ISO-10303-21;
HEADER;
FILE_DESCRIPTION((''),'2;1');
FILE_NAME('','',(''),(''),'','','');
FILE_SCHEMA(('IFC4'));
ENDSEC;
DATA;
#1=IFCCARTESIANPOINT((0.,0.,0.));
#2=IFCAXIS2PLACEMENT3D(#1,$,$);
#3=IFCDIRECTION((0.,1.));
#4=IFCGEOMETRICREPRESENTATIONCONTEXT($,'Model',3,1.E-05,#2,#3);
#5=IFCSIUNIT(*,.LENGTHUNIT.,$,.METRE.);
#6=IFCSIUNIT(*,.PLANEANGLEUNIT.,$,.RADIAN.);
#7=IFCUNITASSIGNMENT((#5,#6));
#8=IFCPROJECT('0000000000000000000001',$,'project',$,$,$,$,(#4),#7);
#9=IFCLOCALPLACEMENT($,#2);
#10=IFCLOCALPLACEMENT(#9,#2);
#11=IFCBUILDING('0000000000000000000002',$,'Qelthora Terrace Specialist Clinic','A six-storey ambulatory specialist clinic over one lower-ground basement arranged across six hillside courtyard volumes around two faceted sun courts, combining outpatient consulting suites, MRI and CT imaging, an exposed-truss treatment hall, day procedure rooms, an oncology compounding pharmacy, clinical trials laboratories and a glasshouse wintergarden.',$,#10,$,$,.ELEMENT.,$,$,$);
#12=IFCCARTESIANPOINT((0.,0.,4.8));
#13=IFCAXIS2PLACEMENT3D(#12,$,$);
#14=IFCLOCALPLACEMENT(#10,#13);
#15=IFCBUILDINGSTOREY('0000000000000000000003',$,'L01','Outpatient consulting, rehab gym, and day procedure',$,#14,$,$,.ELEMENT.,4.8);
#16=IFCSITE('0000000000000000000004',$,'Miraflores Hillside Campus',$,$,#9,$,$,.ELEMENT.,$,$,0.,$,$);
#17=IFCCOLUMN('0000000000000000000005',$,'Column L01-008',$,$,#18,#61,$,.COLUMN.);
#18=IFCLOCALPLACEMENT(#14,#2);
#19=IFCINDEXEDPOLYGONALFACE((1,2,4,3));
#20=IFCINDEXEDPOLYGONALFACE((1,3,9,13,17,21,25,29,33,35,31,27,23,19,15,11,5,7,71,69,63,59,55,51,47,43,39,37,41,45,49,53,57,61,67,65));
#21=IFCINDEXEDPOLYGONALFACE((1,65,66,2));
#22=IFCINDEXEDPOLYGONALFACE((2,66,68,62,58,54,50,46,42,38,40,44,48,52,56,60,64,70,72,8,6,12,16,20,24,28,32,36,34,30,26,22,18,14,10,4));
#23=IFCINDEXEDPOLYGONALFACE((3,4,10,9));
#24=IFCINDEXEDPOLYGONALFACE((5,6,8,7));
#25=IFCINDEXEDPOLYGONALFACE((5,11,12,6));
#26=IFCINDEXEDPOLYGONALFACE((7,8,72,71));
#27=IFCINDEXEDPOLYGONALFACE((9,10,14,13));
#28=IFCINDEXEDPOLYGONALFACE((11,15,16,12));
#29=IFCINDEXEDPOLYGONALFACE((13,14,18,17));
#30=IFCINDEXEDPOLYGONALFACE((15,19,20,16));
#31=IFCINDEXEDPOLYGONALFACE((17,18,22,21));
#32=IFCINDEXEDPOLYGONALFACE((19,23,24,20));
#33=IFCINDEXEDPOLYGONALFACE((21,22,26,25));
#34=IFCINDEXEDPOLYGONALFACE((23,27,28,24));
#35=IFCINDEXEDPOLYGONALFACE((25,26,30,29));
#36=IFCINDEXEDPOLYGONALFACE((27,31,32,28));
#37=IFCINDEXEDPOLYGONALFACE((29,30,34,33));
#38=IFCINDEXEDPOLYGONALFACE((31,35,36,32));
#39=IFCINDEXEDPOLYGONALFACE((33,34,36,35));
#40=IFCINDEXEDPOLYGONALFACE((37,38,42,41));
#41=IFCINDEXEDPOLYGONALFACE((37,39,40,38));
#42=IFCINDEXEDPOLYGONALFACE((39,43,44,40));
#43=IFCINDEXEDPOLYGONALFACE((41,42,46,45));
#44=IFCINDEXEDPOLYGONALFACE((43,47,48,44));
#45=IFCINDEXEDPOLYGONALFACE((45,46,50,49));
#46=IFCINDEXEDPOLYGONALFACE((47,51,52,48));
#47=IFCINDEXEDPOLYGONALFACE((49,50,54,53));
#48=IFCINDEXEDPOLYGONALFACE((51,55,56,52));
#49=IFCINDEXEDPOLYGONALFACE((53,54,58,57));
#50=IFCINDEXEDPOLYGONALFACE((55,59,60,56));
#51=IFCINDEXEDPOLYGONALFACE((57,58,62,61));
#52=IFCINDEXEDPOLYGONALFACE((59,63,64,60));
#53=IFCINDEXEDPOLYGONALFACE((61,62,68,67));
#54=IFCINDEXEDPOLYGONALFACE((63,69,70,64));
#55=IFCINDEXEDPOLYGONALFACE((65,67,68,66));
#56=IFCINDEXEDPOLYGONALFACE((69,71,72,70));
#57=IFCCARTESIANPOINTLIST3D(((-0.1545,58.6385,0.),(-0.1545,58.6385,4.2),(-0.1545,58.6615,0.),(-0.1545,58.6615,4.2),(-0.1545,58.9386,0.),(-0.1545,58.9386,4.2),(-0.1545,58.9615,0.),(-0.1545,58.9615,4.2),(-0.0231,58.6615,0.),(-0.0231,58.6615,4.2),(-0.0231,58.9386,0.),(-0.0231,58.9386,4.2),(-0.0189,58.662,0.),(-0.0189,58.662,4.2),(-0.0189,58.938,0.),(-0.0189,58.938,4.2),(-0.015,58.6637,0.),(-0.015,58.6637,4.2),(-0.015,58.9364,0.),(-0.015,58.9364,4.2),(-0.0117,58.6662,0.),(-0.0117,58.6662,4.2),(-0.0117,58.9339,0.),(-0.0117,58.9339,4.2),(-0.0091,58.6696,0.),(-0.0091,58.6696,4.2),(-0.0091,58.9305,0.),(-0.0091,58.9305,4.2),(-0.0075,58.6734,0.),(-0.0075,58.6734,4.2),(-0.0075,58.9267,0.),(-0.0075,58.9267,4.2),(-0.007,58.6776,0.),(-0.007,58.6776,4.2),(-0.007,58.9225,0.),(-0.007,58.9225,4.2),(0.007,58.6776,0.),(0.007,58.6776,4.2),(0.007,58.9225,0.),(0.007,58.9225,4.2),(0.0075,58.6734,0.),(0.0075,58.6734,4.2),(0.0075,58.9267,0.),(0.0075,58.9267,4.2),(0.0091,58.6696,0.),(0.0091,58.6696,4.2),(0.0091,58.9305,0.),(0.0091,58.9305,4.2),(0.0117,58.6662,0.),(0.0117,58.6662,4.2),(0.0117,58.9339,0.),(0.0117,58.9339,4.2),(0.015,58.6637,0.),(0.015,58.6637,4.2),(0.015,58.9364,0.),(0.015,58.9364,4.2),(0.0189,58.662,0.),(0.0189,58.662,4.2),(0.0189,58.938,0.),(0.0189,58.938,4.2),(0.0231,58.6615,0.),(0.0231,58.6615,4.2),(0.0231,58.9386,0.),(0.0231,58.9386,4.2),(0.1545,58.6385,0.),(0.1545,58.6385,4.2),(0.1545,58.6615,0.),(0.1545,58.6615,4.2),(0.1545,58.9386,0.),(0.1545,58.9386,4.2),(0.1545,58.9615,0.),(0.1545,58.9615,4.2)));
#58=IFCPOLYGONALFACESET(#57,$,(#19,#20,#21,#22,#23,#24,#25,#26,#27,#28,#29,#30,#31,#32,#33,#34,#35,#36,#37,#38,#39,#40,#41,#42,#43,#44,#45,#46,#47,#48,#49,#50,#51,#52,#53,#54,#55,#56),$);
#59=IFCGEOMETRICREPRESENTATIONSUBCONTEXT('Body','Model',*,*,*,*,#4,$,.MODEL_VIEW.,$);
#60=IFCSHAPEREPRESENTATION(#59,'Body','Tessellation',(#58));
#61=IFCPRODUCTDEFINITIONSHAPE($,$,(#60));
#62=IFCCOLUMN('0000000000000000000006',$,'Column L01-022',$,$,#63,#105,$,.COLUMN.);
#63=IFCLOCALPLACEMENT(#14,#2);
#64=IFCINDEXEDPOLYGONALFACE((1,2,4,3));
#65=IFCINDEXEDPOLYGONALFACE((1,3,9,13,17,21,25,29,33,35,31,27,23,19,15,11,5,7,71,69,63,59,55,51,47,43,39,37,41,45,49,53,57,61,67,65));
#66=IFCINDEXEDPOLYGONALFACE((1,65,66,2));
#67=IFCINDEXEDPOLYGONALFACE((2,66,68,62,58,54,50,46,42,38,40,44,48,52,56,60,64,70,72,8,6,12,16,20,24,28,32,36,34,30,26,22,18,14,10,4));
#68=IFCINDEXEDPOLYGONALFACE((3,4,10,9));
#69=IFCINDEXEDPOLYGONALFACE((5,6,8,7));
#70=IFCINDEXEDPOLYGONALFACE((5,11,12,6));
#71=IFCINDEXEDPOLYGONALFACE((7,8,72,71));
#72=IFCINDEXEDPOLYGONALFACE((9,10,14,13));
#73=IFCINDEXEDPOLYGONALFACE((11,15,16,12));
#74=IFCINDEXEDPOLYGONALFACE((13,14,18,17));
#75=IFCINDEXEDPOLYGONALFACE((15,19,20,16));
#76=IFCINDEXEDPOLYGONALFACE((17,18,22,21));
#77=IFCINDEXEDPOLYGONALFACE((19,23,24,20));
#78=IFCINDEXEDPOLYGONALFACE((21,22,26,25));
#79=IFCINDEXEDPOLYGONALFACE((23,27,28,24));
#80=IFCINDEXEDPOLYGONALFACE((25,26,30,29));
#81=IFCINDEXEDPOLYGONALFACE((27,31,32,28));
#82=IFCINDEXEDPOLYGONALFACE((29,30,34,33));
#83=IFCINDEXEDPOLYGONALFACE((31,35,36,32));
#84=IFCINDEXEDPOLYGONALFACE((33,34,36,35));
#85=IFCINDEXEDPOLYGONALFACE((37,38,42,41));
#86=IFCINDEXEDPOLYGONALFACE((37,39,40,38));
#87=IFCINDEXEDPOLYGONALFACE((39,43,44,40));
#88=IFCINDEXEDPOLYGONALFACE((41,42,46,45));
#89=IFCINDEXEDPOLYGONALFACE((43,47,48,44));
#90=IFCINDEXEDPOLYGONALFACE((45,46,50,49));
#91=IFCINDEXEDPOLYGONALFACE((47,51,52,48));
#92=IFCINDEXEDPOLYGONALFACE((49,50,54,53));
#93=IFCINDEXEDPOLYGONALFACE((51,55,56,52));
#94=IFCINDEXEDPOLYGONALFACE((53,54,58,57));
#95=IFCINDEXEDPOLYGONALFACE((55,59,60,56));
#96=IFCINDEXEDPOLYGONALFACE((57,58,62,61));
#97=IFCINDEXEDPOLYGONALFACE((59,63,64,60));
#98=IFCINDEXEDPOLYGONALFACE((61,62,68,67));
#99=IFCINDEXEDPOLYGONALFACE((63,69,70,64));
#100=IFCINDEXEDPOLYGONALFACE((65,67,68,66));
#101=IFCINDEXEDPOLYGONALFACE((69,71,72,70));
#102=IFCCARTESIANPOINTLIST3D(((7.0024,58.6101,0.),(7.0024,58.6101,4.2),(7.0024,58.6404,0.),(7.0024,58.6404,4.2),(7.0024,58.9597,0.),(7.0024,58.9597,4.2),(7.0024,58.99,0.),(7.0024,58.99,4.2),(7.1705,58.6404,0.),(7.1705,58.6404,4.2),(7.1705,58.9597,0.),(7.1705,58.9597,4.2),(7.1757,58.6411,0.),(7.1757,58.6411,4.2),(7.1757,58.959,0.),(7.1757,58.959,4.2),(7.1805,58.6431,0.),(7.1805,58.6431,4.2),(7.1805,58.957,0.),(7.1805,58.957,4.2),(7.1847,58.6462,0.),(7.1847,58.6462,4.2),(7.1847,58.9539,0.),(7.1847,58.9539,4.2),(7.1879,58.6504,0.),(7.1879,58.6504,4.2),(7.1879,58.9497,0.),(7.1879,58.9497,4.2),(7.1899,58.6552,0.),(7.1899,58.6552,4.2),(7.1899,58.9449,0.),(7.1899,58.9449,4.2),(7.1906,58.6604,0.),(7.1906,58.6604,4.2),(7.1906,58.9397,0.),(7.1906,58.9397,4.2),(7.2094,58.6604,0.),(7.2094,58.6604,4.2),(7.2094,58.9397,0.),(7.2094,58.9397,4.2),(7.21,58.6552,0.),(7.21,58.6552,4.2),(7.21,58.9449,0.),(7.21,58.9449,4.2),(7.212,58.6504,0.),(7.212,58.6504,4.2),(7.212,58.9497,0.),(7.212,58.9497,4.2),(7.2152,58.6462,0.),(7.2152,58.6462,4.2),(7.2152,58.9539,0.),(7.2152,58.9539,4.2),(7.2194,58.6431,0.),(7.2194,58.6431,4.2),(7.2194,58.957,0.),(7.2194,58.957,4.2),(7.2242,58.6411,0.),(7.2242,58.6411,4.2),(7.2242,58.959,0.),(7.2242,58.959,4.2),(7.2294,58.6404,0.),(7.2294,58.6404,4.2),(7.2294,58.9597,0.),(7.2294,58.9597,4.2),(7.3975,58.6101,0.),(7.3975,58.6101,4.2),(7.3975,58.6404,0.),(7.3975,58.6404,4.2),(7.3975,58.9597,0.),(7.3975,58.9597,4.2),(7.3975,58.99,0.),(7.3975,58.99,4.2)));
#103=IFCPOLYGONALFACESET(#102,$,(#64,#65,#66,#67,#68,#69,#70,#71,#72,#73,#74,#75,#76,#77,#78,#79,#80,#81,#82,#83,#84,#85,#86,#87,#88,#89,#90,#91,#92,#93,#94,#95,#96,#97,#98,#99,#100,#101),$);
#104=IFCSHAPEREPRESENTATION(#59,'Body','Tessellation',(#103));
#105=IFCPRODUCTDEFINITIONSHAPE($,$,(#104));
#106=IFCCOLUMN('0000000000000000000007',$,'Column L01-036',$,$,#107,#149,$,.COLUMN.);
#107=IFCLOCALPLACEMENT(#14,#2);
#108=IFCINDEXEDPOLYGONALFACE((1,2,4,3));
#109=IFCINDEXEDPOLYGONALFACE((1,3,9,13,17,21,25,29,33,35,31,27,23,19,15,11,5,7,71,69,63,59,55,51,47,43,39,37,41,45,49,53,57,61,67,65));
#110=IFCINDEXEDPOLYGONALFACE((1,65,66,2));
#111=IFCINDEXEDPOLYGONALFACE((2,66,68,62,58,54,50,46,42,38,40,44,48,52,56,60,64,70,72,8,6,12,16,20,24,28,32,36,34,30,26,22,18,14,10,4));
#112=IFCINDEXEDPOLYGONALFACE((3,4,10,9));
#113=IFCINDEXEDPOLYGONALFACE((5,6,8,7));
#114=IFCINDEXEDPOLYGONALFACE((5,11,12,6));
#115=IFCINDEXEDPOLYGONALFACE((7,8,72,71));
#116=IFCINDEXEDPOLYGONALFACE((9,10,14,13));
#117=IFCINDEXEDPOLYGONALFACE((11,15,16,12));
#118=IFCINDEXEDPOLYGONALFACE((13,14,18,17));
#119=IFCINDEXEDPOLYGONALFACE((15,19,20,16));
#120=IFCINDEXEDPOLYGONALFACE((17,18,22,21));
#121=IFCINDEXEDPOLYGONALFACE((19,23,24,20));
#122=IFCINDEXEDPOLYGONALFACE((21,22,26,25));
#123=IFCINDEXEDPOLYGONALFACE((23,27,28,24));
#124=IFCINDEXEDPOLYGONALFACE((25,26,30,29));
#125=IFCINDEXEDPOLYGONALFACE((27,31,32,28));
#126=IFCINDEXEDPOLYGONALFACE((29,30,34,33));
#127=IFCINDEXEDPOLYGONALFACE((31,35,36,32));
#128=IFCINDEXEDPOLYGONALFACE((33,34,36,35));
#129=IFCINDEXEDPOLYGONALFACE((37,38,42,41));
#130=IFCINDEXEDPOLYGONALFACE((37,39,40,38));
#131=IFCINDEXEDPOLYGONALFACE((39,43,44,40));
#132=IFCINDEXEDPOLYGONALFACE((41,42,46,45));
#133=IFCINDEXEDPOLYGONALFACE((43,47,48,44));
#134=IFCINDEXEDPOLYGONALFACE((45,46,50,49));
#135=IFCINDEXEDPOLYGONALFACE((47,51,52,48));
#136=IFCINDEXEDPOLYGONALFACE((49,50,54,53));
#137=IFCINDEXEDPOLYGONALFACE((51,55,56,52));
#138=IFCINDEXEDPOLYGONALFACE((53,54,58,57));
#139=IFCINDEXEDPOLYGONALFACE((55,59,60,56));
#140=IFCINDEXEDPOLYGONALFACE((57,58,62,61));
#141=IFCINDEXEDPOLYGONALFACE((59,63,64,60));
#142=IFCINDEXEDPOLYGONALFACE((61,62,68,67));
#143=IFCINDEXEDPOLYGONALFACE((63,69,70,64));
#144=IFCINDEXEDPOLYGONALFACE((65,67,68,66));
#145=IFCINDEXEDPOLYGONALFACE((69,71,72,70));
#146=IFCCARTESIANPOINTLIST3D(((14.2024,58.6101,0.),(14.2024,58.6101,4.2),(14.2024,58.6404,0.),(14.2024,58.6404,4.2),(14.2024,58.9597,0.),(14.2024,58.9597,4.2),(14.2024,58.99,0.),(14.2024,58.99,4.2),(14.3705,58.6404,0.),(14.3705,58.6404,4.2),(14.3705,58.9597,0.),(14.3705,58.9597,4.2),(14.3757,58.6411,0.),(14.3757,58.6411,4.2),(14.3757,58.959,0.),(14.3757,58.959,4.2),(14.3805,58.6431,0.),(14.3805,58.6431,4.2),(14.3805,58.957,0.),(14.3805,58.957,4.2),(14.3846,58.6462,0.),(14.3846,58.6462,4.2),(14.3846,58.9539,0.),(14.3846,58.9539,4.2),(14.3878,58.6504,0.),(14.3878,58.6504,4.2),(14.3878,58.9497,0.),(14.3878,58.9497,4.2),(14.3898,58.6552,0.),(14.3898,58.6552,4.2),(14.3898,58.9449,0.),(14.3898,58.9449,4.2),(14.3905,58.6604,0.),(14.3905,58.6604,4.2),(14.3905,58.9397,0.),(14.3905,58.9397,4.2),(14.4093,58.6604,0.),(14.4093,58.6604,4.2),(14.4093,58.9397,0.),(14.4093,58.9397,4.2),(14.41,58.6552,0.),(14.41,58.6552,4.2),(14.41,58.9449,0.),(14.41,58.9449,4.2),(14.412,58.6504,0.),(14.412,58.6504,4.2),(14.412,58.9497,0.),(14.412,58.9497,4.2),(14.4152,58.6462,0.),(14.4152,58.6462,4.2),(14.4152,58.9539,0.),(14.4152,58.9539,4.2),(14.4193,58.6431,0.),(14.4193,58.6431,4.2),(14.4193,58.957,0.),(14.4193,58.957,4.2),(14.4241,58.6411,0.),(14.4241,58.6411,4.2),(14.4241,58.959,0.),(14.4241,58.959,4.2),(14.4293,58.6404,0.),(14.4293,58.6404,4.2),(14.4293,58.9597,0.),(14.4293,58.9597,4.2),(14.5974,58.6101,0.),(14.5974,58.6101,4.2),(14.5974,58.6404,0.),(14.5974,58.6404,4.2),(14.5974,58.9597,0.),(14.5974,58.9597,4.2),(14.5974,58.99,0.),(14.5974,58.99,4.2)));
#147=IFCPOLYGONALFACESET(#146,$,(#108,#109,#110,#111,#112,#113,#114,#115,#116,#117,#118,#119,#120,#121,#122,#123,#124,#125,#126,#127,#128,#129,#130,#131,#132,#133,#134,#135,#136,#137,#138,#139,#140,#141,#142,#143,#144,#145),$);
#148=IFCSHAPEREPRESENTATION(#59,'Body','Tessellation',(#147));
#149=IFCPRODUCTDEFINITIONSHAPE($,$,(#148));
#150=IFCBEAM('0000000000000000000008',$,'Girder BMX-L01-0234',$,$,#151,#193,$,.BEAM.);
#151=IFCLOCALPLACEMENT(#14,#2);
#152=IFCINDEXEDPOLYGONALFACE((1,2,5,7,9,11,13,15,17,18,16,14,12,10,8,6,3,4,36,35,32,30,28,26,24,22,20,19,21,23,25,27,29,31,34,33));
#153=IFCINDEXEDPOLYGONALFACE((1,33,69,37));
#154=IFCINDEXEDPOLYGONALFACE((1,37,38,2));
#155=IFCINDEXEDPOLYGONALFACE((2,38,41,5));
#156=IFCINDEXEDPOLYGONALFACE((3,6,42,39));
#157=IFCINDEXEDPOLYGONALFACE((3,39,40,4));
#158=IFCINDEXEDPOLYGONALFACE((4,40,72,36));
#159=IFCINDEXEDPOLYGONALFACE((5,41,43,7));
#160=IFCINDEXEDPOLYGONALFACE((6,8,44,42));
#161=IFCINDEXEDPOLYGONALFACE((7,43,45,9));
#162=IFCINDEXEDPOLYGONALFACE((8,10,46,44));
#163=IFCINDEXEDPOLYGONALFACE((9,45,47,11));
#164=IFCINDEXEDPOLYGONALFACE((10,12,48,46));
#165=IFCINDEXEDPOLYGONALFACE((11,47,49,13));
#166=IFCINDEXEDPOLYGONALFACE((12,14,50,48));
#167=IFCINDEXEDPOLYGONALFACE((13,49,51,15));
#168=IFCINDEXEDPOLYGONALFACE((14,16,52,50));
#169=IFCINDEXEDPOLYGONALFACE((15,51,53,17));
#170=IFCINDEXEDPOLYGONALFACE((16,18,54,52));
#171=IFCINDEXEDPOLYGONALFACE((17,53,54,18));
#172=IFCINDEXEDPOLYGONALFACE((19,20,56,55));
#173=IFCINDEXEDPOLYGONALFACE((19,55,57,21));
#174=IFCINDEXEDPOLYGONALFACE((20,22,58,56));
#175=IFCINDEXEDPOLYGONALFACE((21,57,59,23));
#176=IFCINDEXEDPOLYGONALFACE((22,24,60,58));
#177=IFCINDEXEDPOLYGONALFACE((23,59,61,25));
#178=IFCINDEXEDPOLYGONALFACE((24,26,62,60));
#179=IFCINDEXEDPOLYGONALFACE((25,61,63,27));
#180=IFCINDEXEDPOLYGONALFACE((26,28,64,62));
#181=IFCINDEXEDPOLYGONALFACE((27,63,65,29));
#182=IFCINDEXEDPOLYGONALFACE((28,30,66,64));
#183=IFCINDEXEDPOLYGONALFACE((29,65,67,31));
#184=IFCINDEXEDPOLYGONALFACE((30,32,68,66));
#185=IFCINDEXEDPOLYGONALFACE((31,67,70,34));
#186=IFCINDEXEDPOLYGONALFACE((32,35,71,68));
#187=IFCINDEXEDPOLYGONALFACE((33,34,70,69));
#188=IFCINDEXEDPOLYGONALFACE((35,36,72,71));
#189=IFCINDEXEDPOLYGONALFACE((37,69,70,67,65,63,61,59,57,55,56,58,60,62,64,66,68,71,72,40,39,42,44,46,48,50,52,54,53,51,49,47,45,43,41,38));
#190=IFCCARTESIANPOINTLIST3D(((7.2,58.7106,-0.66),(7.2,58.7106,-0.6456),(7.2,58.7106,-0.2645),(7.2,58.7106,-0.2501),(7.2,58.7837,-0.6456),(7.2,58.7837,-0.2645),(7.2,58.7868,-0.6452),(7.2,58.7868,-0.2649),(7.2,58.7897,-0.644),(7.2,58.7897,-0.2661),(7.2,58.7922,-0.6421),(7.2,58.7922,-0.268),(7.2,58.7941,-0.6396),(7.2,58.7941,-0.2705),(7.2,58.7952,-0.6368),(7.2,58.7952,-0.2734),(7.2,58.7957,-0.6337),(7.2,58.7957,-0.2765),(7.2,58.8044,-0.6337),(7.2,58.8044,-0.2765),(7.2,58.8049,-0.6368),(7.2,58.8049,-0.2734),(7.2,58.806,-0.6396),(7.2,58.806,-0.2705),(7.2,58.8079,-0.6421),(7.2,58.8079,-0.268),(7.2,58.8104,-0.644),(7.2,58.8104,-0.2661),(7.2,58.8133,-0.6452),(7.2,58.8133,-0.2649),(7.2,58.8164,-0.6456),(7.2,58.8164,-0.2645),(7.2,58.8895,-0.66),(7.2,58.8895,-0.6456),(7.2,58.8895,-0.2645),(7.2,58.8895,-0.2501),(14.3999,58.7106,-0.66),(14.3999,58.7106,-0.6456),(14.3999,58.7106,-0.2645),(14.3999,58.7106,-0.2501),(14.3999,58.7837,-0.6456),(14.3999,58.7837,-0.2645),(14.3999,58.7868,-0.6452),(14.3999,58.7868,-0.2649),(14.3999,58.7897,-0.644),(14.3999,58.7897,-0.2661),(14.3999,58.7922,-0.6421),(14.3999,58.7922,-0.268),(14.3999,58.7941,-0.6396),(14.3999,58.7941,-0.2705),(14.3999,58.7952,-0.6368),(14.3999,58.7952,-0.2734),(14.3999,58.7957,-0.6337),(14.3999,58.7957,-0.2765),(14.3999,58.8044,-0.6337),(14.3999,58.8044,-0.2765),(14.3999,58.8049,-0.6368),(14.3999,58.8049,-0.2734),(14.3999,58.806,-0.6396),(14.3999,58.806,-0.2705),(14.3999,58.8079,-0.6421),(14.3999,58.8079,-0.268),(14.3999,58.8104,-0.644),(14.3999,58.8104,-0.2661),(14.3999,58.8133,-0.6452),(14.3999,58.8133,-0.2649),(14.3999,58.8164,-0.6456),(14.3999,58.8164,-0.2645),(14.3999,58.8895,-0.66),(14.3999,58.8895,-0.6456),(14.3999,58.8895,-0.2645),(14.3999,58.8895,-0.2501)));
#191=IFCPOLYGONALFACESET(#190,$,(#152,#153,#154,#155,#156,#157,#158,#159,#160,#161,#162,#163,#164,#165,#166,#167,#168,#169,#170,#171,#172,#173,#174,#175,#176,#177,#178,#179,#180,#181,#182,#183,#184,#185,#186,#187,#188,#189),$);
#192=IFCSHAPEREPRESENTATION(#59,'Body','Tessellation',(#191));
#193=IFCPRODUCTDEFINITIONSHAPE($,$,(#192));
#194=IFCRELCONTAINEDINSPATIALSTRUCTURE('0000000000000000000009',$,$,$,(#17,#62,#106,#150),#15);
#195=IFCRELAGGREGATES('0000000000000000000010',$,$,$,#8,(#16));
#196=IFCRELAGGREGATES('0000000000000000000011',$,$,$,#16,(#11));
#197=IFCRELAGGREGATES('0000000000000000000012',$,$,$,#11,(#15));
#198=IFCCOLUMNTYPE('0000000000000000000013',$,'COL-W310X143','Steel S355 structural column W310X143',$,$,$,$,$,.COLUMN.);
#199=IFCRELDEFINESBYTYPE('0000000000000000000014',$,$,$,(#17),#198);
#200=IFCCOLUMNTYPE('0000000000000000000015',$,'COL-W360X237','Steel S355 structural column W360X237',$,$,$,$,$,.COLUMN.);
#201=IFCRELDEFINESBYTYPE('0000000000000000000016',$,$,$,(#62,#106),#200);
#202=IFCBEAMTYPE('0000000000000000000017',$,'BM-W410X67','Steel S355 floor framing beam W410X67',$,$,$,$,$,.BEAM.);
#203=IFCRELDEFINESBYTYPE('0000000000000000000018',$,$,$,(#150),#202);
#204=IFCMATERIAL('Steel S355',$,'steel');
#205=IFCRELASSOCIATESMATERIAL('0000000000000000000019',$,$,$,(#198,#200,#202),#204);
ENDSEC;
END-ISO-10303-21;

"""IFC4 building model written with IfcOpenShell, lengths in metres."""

from ifc_helpers import new_model, si_unit, direction, frame, origin, origin_2d, place, context, subcontext, project, spatial, i_section, extrude, material, material_profile, profile_set, type_object, element, save


model = new_model("IFC4")

# Units and contexts
model_context = context("Model", 3, precision=1e-05, world=origin(), true_north=direction((0.0, 1.0)))
body_context = subcontext(model_context, "Body", "Model", "MODEL_VIEW")
ifc_project = project(units=[si_unit("LENGTHUNIT", "METRE"), si_unit("PLANEANGLEUNIT", "RADIAN")], contexts=[model_context])

# Site, building, storey
site_placement = place(None, origin())
site = spatial("IfcSite", under=ifc_project, at=site_placement, Name="Miraflores Hillside Campus", CompositionType="ELEMENT", RefElevation=0.0)
building_placement = place(site_placement, origin())
building = spatial("IfcBuilding", under=site, at=building_placement, Name="Qelthora Terrace Specialist Clinic", Description="A six-storey ambulatory specialist clinic over one lower-ground basement arranged across six hillside courtyard volumes around two faceted sun courts, combining outpatient consulting suites, MRI and CT imaging, an exposed-truss treatment hall, day procedure rooms, an oncology compounding pharmacy, clinical trials laboratories and a glasshouse wintergarden.", CompositionType="ELEMENT")
storey_placement = place(building_placement, frame((0.0, 0.0, 4.8)))
storey = spatial("IfcBuildingStorey", under=building, at=storey_placement, Name="L01", Description="Outpatient consulting, rehab gym, and day procedure", CompositionType="ELEMENT", Elevation=4.8)

# Columns
ifc_material_1 = material(Name="Steel S355", Category="steel")
ifc_material_profile_1 = material_profile(ifc_material_1, i_section(OverallWidth=0.3091, OverallDepth=0.323, WebThickness=0.0139, FlangeThickness=0.0229, FilletRadius=0.0161, at=origin_2d()), Name="W310X143")
ifc_profile_set_1 = profile_set([ifc_material_profile_1], Name="Steel S355")
column_type_1 = type_object("IfcColumnType", Name="COL-W310X143", Description="Steel S355 structural column W310X143", PredefinedType="COLUMN", material=ifc_profile_set_1)
column_placement = place(storey_placement, frame((0.0, 58.8, 0.0), z_axis=(0.0, 0.0, 1.0), x_axis=(1.0, 0.0, 0.0)))
element("IfcColumn", 1, at=column_placement, inside=storey, type_object=column_type_1, Name="Column L01-008", PredefinedType="COLUMN", context=body_context, shape_type="SweptSolid", body=[
    extrude(i_section(OverallWidth=0.3091, OverallDepth=0.323, WebThickness=0.0139, FlangeThickness=0.0229, FilletRadius=0.0161, at=origin_2d()), origin(), (0.0, 0.0, 1.0), 4.2),
])
ifc_material_profile_2 = material_profile(ifc_material_1, i_section(OverallWidth=0.395, OverallDepth=0.3799, WebThickness=0.0188, FlangeThickness=0.0303, FilletRadius=0.02, at=origin_2d()), Name="W360X237")
ifc_profile_set_2 = profile_set([ifc_material_profile_2], Name="Steel S355")
column_type_2 = type_object("IfcColumnType", Name="COL-W360X237", Description="Steel S355 structural column W360X237", PredefinedType="COLUMN", material=ifc_profile_set_2)
for number, where, z_axis, x_axis, name in (
    (2, (7.2, 58.8, 0.0), (0.0, 0.0, 1.0), (1.0, 0.0, 0.0), "Column L01-022"),
    (3, (14.3999, 58.8, 0.0), (0.0, 0.0, 1.0), (1.0, 0.0, 0.0), "Column L01-036"),
):
    element("IfcColumn", number, at=place(storey_placement, frame(where, z_axis=z_axis, x_axis=x_axis)), inside=storey, type_object=column_type_2, Name=name, PredefinedType="COLUMN", context=body_context, shape_type="SweptSolid", body=[
        extrude(i_section(OverallWidth=0.395, OverallDepth=0.3799, WebThickness=0.0188, FlangeThickness=0.0303, FilletRadius=0.02, at=origin_2d()), origin(), (0.0, 0.0, 1.0), 4.2),
    ])

# Beam
ifc_material_profile_3 = material_profile(ifc_material_1, i_section(OverallWidth=0.179, OverallDepth=0.4099, WebThickness=0.0088, FlangeThickness=0.0144, FilletRadius=0.012, at=origin_2d()), Name="W410X67")
ifc_profile_set_3 = profile_set([ifc_material_profile_3], Name="Steel S355")
beam_type_1 = type_object("IfcBeamType", Name="BM-W410X67", Description="Steel S355 floor framing beam W410X67", PredefinedType="BEAM", material=ifc_profile_set_3)
beam_1_placement = place(storey_placement, frame((7.2, 58.8, -0.4551), z_axis=(1.0, 0.0, 0.0), x_axis=(0.0, 1.0, 0.0)))
element("IfcBeam", 4, at=beam_1_placement, inside=storey, type_object=beam_type_1, Name="Girder BMX-L01-0234", PredefinedType="BEAM", context=body_context, shape_type="SweptSolid", body=[
    extrude(i_section(OverallWidth=0.179, OverallDepth=0.4099, WebThickness=0.0088, FlangeThickness=0.0144, FilletRadius=0.012, at=origin_2d()), origin(), (0.0, 0.0, 1.0), 7.2),
])

save(model, "model.ifc")
